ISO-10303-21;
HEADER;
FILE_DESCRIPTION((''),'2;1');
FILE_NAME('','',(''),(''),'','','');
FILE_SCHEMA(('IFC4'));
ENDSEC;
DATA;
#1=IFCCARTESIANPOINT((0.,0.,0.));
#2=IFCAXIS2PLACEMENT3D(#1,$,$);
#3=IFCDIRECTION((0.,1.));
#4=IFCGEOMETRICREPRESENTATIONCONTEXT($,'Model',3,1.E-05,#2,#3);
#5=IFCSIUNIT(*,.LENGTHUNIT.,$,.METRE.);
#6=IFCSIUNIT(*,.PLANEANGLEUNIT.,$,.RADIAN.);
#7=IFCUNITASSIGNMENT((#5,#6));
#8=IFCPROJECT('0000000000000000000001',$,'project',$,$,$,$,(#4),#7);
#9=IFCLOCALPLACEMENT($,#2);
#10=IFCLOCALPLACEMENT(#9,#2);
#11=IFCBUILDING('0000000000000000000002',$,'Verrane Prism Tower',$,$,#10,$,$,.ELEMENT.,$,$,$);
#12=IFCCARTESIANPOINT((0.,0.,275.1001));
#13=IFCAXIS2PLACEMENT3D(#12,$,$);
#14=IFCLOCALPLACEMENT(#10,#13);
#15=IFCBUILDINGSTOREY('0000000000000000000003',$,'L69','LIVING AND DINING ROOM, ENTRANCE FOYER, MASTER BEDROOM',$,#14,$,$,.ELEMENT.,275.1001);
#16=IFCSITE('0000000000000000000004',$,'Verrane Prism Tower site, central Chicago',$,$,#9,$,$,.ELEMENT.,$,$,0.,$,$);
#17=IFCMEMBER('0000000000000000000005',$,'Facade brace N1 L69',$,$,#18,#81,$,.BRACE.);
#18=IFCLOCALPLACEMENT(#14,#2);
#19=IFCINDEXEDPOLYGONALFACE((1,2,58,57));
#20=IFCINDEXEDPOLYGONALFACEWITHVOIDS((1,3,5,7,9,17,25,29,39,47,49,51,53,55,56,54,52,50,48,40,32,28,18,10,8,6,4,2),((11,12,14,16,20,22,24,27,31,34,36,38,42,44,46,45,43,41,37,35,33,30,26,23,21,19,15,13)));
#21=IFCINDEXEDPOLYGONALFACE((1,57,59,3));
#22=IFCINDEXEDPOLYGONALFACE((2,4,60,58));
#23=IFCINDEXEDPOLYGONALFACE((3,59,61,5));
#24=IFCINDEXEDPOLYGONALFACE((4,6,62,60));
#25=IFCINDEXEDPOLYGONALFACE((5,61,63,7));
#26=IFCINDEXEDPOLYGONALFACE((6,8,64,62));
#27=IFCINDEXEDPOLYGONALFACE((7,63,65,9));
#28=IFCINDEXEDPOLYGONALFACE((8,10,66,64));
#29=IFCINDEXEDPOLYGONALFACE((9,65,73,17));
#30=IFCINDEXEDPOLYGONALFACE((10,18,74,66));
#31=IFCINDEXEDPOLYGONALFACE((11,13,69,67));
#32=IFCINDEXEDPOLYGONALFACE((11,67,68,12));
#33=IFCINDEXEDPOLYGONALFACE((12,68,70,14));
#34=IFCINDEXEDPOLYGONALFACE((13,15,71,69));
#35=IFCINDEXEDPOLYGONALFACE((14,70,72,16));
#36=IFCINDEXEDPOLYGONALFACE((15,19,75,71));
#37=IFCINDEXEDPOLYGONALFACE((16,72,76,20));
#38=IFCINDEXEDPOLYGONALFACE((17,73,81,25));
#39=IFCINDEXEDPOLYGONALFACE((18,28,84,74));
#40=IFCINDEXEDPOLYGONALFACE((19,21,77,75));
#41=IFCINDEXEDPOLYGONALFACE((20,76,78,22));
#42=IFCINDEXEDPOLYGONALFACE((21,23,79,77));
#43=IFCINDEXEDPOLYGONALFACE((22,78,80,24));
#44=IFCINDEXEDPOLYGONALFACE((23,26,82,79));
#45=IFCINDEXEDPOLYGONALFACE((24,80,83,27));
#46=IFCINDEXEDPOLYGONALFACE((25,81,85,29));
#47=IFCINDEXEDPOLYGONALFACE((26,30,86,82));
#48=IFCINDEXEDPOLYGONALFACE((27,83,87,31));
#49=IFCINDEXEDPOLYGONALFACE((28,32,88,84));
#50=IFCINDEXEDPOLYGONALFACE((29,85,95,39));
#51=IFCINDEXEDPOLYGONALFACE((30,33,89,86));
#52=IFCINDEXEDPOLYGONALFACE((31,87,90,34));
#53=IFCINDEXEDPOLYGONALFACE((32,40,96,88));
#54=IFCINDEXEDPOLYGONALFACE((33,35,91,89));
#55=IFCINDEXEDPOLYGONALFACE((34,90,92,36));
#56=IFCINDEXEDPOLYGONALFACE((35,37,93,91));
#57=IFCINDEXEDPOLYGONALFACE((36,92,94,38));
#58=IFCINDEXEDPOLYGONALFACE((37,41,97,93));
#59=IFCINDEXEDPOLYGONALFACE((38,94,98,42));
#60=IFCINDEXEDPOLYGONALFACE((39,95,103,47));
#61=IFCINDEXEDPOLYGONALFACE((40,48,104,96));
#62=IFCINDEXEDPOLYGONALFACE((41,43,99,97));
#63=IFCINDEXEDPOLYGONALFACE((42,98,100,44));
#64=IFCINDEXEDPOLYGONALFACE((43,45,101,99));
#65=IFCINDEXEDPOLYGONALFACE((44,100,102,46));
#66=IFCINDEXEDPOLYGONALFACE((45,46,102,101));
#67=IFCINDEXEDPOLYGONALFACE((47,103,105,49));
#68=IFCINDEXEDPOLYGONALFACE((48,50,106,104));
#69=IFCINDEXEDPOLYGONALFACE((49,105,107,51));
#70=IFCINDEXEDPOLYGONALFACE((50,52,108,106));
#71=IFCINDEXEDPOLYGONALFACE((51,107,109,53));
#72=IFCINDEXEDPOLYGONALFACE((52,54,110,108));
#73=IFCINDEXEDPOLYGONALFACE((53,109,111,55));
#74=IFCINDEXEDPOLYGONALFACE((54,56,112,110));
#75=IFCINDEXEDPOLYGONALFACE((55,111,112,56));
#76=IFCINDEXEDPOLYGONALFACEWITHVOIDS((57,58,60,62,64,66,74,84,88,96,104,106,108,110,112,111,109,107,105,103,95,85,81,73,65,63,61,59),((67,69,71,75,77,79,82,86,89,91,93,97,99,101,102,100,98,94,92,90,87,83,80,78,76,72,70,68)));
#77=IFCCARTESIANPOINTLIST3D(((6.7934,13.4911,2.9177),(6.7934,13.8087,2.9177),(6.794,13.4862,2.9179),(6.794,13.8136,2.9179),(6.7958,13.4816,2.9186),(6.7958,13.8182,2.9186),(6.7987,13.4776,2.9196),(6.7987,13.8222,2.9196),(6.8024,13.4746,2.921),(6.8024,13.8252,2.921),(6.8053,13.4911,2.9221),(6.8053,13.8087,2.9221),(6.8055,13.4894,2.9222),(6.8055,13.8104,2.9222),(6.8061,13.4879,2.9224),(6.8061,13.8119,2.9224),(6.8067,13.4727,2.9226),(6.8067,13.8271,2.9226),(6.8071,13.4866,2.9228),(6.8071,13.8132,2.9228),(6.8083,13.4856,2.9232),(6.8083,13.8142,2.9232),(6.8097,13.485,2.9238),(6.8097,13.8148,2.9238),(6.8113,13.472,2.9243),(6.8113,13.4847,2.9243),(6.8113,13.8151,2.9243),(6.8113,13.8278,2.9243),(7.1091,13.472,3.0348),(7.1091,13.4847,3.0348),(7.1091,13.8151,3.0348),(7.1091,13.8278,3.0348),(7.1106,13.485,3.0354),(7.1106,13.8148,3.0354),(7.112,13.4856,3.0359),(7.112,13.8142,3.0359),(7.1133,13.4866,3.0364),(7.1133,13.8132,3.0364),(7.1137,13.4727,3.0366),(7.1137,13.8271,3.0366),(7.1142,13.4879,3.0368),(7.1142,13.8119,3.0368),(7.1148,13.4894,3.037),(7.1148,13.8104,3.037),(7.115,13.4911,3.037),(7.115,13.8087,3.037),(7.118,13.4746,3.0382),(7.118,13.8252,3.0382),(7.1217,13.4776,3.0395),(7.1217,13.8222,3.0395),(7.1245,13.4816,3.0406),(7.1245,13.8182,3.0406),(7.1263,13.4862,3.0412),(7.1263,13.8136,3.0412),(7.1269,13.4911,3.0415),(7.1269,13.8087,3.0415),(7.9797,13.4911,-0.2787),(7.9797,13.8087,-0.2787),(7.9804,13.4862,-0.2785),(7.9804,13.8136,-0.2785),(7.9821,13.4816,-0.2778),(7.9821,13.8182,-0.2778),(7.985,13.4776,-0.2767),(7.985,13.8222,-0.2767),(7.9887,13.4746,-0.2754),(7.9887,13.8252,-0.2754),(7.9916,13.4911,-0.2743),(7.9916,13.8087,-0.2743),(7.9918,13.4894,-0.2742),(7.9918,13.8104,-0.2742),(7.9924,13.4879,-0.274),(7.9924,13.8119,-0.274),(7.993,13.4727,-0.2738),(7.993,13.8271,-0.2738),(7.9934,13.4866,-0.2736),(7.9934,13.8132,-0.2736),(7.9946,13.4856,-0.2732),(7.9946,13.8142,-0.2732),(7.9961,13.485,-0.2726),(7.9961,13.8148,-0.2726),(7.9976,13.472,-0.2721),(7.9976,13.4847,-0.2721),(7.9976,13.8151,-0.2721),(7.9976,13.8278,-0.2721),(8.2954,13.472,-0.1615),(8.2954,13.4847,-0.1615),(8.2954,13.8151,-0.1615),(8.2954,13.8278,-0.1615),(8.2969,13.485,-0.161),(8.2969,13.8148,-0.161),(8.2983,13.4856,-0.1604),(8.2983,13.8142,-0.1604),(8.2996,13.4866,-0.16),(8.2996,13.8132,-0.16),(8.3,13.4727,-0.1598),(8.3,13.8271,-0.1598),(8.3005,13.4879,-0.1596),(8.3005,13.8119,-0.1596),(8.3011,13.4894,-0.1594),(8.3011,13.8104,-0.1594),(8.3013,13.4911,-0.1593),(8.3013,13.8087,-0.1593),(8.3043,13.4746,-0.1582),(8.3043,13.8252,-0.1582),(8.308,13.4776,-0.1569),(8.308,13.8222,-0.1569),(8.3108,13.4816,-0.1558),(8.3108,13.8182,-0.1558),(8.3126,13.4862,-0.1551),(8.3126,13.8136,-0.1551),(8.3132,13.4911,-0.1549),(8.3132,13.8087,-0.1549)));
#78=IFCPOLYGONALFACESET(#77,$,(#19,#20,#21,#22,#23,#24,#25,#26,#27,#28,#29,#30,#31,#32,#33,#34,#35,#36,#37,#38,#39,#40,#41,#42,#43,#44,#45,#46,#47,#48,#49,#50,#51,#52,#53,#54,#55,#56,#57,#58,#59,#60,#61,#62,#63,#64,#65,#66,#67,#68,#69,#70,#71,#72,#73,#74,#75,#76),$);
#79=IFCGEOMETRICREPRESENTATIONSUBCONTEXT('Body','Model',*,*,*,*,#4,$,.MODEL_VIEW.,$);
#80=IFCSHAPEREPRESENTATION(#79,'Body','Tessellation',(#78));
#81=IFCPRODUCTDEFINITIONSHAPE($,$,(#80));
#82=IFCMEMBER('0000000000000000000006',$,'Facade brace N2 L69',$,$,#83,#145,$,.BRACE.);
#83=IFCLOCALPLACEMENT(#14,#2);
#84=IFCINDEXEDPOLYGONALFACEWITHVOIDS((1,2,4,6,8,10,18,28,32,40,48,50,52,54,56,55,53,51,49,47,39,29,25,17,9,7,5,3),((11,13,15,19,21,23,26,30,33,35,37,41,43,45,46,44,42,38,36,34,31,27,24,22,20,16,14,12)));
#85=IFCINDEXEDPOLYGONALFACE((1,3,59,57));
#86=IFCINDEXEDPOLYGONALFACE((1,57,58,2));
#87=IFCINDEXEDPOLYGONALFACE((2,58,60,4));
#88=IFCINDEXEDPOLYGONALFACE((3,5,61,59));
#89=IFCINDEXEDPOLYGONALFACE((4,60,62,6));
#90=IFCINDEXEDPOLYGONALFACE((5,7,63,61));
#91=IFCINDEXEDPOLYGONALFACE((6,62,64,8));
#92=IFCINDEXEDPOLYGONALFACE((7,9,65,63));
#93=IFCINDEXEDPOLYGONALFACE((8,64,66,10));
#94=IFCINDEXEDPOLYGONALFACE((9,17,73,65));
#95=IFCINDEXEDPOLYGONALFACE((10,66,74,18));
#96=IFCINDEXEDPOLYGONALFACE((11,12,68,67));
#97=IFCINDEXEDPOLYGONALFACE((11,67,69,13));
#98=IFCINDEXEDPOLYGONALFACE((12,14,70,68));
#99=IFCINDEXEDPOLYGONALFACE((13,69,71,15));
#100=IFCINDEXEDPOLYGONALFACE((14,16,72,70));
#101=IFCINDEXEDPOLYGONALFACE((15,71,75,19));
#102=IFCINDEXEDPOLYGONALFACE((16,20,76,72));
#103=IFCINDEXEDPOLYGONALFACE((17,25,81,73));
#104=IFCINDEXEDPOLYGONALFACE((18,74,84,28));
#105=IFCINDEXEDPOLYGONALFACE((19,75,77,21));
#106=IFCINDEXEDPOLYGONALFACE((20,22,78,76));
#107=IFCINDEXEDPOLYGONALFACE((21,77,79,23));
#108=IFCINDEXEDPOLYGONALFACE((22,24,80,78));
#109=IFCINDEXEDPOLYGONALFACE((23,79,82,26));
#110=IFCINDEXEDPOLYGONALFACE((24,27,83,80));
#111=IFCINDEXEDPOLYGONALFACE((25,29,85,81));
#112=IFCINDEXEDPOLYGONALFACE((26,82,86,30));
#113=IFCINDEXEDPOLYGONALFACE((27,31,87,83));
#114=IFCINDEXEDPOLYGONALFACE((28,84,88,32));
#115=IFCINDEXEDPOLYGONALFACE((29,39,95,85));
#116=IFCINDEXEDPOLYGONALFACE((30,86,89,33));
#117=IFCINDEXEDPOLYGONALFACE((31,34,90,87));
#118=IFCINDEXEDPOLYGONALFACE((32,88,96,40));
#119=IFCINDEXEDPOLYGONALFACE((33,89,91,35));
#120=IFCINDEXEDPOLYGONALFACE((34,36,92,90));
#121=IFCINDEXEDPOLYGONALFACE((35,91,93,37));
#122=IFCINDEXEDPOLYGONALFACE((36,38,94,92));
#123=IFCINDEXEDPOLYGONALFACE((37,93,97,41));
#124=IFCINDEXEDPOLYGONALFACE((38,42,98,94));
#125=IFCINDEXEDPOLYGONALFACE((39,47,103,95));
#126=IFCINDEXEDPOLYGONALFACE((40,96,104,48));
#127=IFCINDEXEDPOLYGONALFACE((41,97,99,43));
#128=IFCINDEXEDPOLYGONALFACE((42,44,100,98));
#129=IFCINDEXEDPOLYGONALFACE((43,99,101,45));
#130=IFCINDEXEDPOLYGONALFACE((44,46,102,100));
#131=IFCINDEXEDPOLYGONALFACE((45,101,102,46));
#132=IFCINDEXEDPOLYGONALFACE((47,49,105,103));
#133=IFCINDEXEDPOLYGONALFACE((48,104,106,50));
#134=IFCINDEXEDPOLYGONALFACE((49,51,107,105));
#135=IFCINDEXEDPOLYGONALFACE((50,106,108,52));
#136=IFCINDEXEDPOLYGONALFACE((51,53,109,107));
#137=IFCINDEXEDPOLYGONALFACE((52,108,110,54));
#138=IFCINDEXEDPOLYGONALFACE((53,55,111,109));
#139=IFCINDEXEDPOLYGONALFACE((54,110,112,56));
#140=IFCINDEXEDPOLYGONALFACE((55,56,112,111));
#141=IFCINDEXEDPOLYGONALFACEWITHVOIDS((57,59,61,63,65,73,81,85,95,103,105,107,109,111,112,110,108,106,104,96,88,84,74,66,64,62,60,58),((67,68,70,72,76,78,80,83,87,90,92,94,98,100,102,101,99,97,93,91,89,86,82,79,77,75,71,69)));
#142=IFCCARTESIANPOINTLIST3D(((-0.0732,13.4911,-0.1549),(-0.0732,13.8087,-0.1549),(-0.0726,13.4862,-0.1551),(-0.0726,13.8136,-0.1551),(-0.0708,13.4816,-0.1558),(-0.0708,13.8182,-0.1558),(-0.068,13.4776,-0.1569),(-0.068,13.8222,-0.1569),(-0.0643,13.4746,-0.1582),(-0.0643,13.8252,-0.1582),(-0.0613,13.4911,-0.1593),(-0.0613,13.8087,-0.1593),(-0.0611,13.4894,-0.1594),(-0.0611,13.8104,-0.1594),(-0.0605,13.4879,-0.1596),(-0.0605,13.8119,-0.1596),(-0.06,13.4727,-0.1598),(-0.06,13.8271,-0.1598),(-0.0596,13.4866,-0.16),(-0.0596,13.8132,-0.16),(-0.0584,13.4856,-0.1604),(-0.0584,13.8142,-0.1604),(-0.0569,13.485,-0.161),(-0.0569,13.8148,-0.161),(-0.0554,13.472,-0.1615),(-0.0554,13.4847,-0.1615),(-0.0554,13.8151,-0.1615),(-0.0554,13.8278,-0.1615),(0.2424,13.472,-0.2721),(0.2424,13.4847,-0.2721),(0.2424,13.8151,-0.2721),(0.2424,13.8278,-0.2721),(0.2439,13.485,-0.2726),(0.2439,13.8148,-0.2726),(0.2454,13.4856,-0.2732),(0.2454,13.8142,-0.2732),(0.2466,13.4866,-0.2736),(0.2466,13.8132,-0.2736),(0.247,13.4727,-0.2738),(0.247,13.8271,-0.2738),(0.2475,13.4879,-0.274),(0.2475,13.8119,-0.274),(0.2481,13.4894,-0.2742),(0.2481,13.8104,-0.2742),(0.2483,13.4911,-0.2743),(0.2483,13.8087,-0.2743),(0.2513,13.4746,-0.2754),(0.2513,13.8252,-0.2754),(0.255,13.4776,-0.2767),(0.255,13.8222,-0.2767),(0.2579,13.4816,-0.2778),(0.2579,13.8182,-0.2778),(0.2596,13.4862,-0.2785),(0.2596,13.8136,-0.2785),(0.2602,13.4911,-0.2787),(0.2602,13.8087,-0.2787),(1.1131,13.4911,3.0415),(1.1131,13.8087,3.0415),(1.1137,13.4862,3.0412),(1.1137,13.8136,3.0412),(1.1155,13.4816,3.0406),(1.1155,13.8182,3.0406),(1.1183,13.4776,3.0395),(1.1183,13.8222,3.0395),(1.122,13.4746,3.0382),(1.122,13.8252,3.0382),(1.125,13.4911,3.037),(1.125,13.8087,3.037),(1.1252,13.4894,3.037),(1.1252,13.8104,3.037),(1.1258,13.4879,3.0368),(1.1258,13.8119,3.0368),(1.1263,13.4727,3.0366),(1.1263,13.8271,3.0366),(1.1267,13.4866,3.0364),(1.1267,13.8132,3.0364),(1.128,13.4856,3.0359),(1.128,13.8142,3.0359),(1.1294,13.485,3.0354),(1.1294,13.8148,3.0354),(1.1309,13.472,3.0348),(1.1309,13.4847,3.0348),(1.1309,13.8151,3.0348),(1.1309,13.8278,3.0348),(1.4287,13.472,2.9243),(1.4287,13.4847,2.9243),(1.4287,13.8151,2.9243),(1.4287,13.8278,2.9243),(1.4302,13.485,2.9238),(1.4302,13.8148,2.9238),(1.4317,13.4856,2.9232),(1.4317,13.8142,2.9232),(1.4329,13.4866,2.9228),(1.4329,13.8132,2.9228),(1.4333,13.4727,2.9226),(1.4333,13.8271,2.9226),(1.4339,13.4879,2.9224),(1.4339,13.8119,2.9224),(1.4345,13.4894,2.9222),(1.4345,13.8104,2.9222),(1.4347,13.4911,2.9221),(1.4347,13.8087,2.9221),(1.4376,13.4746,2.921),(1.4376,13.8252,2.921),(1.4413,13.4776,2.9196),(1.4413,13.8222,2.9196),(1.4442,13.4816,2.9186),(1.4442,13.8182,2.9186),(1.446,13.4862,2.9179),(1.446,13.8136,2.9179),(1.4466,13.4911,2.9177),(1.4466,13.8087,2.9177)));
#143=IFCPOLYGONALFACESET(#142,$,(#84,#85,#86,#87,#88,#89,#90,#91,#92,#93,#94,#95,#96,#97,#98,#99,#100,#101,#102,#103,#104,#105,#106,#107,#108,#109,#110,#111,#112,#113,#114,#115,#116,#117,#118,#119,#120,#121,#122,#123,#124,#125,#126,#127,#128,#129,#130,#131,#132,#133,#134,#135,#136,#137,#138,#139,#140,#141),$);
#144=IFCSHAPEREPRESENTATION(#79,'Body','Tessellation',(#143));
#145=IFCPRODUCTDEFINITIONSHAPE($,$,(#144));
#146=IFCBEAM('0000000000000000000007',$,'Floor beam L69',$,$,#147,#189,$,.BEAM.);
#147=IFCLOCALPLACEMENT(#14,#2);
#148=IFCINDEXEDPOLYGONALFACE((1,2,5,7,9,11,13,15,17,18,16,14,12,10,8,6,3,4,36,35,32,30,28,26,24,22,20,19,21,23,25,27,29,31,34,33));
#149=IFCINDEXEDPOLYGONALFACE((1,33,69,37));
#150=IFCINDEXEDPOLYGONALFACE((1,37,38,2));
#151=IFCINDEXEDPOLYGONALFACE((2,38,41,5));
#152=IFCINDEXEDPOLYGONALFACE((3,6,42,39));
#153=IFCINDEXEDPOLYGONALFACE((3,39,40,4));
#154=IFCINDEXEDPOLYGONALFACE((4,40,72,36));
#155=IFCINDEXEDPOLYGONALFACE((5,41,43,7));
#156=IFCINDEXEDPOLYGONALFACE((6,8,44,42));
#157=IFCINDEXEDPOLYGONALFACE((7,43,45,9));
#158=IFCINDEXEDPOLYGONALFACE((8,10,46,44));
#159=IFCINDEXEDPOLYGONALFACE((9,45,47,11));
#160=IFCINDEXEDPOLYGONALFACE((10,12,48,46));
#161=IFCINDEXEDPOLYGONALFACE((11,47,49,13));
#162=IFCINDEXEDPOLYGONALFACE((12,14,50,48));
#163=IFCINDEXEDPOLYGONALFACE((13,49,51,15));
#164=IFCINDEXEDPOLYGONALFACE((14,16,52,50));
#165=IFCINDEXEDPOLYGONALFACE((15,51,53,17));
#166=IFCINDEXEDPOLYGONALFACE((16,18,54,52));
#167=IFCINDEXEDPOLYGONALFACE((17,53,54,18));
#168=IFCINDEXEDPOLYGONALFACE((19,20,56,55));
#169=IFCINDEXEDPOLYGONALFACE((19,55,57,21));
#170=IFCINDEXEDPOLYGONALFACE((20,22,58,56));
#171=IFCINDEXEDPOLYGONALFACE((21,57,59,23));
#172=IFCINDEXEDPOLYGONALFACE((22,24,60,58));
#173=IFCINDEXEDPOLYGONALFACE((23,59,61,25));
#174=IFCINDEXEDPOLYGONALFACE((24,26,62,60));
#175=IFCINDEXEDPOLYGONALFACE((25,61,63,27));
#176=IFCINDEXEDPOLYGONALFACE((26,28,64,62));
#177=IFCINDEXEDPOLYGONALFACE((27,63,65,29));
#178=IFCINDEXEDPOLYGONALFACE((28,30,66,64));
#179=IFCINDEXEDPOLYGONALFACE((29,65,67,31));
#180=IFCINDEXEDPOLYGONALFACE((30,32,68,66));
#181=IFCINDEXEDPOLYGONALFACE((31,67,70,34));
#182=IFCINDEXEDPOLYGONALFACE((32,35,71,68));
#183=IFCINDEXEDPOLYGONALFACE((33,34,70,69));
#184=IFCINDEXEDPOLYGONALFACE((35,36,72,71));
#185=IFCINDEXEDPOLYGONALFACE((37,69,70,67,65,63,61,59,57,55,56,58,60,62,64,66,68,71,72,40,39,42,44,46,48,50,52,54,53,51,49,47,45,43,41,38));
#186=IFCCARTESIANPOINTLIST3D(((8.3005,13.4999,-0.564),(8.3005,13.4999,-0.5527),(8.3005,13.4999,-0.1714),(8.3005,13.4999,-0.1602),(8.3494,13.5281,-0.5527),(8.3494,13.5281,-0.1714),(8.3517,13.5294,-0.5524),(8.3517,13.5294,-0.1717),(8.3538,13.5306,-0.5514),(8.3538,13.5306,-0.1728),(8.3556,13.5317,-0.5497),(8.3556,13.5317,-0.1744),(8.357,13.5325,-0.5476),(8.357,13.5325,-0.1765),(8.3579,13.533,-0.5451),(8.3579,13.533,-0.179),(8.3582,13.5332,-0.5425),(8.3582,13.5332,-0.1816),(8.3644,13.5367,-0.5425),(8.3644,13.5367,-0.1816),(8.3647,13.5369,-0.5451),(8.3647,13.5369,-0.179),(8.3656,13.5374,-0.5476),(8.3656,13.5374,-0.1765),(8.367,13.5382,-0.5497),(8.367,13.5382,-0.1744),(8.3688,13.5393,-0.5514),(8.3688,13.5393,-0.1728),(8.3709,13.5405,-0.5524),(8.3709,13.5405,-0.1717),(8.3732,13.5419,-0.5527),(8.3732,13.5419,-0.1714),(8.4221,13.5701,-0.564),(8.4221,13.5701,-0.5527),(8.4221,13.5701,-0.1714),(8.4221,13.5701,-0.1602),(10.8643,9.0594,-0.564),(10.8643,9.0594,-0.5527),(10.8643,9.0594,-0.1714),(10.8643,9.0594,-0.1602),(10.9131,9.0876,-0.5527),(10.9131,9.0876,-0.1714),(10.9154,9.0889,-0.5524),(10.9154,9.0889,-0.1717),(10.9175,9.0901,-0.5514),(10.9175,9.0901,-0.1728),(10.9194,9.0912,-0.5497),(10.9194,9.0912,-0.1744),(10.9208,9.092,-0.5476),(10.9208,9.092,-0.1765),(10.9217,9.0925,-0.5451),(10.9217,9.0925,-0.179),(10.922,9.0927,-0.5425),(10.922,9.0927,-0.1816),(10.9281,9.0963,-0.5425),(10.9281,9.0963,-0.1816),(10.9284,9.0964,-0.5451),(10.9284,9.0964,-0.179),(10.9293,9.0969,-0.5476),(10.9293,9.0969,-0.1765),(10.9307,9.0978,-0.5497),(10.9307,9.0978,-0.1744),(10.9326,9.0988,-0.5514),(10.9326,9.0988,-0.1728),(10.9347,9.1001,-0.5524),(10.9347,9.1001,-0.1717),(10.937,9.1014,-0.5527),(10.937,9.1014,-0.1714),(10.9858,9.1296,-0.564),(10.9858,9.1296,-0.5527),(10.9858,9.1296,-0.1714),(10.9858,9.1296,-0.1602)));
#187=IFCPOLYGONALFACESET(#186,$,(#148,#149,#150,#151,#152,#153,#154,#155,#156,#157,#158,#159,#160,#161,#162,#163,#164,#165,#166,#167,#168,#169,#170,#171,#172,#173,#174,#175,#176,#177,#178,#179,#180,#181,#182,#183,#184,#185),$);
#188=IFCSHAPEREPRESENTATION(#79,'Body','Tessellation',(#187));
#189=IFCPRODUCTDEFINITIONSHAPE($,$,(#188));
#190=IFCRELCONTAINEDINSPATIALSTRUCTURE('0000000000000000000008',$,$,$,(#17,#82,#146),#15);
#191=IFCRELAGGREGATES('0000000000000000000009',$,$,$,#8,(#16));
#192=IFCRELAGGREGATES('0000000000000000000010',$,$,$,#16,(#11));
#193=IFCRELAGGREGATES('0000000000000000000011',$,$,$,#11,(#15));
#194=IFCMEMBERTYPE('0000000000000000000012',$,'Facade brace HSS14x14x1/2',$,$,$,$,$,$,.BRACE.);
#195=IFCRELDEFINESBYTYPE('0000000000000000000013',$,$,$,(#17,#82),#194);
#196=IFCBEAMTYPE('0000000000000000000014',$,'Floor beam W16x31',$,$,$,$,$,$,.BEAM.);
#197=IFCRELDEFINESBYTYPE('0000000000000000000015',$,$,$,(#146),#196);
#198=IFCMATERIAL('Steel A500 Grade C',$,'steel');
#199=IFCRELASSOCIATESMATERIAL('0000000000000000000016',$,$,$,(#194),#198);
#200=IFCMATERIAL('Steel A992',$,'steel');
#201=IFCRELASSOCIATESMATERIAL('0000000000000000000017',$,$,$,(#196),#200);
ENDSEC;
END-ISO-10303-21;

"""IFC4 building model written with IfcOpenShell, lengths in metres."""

from ifc_helpers import new_model, si_unit, direction, frame, origin, origin_2d, place, context, subcontext, project, spatial, hollow_rectangle, i_section, extrude, material, material_profile, profile_set, type_object, element, save


model = new_model("IFC4")

# Units and contexts
model_context = context("Model", 3, precision=1e-05, world=origin(), true_north=direction((0.0, 1.0)))
body_context = subcontext(model_context, "Body", "Model", "MODEL_VIEW")
ifc_project = project(units=[si_unit("LENGTHUNIT", "METRE"), si_unit("PLANEANGLEUNIT", "RADIAN")], contexts=[model_context])

# Site, building, storey
site_placement = place(None, origin())
site = spatial("IfcSite", under=ifc_project, at=site_placement, Name="Verrane Prism Tower site, central Chicago", CompositionType="ELEMENT", RefElevation=0.0)
building_placement = place(site_placement, origin())
building = spatial("IfcBuilding", under=site, at=building_placement, Name="Verrane Prism Tower", CompositionType="ELEMENT")
storey_placement = place(building_placement, frame((0.0, 0.0, 275.1001)))
storey = spatial("IfcBuildingStorey", under=building, at=storey_placement, Name="L69", Description="LIVING AND DINING ROOM, ENTRANCE FOYER, MASTER BEDROOM", CompositionType="ELEMENT", Elevation=275.1001)

# Members
ifc_material_1 = material(Name="Steel A500 Grade C", Category="steel")
ifc_material_profile_1 = material_profile(ifc_material_1, hollow_rectangle(XDim=0.3557, YDim=0.3557, WallThickness=0.0127, InnerFilletRadius=0.0063, OuterFilletRadius=0.019, at=origin_2d()), Name="HSS14x14x1/2")
ifc_profile_set_1 = profile_set([ifc_material_profile_1], Name="Steel A500 Grade C")
member_type_1 = type_object("IfcMemberType", Name="Facade brace HSS14x14x1/2", PredefinedType="BRACE", material=ifc_profile_set_1)
for number, where, z_axis, x_axis, name in (
    (1, (8.1465, 13.6499, -0.2168), (-0.347951, 0.0, 0.937513), (0.0, -1.0, 0.0), "Facade brace N1 L69"),
    (2, (0.0935, 13.6499, -0.2168), (0.347951, 0.0, 0.937513), (0.0, 1.0, 0.0), "Facade brace N2 L69"),
):
    element("IfcMember", number, at=place(storey_placement, frame(where, z_axis=z_axis, x_axis=x_axis)), inside=storey, type_object=member_type_1, Name=name, PredefinedType="BRACE", context=body_context, shape_type="SweptSolid", body=[
        extrude(hollow_rectangle(XDim=0.3557, YDim=0.3557, WallThickness=0.0127, InnerFilletRadius=0.0063, OuterFilletRadius=0.019, at=origin_2d()), origin(), (0.0, 0.0, 1.0), 3.4094),
    ])

# Beam
ifc_material_2 = material(Name="Steel A992", Category="steel")
ifc_material_profile_2 = material_profile(ifc_material_2, i_section(OverallWidth=0.1404, OverallDepth=0.4038, WebThickness=0.0071, FlangeThickness=0.0112, FilletRadius=0.0103, at=origin_2d()), Name="W16x31")
ifc_profile_set_2 = profile_set([ifc_material_profile_2], Name="Steel A992")
beam_type_1 = type_object("IfcBeamType", Name="Floor beam W16x31", PredefinedType="BEAM", material=ifc_profile_set_2)
beam_1_placement = place(storey_placement, frame((10.925, 9.0945, -0.3621), z_axis=(-0.500005, 0.866022, 0.0), x_axis=(-0.866022, -0.500005, 0.0)))
element("IfcBeam", 3, at=beam_1_placement, inside=storey, type_object=beam_type_1, Name="Floor beam L69", PredefinedType="BEAM", context=body_context, shape_type="SweptSolid", body=[
    extrude(i_section(OverallWidth=0.1404, OverallDepth=0.4038, WebThickness=0.0071, FlangeThickness=0.0112, FilletRadius=0.0103, at=origin_2d()), origin(), (0.0, 0.0, 1.0), 5.1274),
])

save(model, "model.ifc")
